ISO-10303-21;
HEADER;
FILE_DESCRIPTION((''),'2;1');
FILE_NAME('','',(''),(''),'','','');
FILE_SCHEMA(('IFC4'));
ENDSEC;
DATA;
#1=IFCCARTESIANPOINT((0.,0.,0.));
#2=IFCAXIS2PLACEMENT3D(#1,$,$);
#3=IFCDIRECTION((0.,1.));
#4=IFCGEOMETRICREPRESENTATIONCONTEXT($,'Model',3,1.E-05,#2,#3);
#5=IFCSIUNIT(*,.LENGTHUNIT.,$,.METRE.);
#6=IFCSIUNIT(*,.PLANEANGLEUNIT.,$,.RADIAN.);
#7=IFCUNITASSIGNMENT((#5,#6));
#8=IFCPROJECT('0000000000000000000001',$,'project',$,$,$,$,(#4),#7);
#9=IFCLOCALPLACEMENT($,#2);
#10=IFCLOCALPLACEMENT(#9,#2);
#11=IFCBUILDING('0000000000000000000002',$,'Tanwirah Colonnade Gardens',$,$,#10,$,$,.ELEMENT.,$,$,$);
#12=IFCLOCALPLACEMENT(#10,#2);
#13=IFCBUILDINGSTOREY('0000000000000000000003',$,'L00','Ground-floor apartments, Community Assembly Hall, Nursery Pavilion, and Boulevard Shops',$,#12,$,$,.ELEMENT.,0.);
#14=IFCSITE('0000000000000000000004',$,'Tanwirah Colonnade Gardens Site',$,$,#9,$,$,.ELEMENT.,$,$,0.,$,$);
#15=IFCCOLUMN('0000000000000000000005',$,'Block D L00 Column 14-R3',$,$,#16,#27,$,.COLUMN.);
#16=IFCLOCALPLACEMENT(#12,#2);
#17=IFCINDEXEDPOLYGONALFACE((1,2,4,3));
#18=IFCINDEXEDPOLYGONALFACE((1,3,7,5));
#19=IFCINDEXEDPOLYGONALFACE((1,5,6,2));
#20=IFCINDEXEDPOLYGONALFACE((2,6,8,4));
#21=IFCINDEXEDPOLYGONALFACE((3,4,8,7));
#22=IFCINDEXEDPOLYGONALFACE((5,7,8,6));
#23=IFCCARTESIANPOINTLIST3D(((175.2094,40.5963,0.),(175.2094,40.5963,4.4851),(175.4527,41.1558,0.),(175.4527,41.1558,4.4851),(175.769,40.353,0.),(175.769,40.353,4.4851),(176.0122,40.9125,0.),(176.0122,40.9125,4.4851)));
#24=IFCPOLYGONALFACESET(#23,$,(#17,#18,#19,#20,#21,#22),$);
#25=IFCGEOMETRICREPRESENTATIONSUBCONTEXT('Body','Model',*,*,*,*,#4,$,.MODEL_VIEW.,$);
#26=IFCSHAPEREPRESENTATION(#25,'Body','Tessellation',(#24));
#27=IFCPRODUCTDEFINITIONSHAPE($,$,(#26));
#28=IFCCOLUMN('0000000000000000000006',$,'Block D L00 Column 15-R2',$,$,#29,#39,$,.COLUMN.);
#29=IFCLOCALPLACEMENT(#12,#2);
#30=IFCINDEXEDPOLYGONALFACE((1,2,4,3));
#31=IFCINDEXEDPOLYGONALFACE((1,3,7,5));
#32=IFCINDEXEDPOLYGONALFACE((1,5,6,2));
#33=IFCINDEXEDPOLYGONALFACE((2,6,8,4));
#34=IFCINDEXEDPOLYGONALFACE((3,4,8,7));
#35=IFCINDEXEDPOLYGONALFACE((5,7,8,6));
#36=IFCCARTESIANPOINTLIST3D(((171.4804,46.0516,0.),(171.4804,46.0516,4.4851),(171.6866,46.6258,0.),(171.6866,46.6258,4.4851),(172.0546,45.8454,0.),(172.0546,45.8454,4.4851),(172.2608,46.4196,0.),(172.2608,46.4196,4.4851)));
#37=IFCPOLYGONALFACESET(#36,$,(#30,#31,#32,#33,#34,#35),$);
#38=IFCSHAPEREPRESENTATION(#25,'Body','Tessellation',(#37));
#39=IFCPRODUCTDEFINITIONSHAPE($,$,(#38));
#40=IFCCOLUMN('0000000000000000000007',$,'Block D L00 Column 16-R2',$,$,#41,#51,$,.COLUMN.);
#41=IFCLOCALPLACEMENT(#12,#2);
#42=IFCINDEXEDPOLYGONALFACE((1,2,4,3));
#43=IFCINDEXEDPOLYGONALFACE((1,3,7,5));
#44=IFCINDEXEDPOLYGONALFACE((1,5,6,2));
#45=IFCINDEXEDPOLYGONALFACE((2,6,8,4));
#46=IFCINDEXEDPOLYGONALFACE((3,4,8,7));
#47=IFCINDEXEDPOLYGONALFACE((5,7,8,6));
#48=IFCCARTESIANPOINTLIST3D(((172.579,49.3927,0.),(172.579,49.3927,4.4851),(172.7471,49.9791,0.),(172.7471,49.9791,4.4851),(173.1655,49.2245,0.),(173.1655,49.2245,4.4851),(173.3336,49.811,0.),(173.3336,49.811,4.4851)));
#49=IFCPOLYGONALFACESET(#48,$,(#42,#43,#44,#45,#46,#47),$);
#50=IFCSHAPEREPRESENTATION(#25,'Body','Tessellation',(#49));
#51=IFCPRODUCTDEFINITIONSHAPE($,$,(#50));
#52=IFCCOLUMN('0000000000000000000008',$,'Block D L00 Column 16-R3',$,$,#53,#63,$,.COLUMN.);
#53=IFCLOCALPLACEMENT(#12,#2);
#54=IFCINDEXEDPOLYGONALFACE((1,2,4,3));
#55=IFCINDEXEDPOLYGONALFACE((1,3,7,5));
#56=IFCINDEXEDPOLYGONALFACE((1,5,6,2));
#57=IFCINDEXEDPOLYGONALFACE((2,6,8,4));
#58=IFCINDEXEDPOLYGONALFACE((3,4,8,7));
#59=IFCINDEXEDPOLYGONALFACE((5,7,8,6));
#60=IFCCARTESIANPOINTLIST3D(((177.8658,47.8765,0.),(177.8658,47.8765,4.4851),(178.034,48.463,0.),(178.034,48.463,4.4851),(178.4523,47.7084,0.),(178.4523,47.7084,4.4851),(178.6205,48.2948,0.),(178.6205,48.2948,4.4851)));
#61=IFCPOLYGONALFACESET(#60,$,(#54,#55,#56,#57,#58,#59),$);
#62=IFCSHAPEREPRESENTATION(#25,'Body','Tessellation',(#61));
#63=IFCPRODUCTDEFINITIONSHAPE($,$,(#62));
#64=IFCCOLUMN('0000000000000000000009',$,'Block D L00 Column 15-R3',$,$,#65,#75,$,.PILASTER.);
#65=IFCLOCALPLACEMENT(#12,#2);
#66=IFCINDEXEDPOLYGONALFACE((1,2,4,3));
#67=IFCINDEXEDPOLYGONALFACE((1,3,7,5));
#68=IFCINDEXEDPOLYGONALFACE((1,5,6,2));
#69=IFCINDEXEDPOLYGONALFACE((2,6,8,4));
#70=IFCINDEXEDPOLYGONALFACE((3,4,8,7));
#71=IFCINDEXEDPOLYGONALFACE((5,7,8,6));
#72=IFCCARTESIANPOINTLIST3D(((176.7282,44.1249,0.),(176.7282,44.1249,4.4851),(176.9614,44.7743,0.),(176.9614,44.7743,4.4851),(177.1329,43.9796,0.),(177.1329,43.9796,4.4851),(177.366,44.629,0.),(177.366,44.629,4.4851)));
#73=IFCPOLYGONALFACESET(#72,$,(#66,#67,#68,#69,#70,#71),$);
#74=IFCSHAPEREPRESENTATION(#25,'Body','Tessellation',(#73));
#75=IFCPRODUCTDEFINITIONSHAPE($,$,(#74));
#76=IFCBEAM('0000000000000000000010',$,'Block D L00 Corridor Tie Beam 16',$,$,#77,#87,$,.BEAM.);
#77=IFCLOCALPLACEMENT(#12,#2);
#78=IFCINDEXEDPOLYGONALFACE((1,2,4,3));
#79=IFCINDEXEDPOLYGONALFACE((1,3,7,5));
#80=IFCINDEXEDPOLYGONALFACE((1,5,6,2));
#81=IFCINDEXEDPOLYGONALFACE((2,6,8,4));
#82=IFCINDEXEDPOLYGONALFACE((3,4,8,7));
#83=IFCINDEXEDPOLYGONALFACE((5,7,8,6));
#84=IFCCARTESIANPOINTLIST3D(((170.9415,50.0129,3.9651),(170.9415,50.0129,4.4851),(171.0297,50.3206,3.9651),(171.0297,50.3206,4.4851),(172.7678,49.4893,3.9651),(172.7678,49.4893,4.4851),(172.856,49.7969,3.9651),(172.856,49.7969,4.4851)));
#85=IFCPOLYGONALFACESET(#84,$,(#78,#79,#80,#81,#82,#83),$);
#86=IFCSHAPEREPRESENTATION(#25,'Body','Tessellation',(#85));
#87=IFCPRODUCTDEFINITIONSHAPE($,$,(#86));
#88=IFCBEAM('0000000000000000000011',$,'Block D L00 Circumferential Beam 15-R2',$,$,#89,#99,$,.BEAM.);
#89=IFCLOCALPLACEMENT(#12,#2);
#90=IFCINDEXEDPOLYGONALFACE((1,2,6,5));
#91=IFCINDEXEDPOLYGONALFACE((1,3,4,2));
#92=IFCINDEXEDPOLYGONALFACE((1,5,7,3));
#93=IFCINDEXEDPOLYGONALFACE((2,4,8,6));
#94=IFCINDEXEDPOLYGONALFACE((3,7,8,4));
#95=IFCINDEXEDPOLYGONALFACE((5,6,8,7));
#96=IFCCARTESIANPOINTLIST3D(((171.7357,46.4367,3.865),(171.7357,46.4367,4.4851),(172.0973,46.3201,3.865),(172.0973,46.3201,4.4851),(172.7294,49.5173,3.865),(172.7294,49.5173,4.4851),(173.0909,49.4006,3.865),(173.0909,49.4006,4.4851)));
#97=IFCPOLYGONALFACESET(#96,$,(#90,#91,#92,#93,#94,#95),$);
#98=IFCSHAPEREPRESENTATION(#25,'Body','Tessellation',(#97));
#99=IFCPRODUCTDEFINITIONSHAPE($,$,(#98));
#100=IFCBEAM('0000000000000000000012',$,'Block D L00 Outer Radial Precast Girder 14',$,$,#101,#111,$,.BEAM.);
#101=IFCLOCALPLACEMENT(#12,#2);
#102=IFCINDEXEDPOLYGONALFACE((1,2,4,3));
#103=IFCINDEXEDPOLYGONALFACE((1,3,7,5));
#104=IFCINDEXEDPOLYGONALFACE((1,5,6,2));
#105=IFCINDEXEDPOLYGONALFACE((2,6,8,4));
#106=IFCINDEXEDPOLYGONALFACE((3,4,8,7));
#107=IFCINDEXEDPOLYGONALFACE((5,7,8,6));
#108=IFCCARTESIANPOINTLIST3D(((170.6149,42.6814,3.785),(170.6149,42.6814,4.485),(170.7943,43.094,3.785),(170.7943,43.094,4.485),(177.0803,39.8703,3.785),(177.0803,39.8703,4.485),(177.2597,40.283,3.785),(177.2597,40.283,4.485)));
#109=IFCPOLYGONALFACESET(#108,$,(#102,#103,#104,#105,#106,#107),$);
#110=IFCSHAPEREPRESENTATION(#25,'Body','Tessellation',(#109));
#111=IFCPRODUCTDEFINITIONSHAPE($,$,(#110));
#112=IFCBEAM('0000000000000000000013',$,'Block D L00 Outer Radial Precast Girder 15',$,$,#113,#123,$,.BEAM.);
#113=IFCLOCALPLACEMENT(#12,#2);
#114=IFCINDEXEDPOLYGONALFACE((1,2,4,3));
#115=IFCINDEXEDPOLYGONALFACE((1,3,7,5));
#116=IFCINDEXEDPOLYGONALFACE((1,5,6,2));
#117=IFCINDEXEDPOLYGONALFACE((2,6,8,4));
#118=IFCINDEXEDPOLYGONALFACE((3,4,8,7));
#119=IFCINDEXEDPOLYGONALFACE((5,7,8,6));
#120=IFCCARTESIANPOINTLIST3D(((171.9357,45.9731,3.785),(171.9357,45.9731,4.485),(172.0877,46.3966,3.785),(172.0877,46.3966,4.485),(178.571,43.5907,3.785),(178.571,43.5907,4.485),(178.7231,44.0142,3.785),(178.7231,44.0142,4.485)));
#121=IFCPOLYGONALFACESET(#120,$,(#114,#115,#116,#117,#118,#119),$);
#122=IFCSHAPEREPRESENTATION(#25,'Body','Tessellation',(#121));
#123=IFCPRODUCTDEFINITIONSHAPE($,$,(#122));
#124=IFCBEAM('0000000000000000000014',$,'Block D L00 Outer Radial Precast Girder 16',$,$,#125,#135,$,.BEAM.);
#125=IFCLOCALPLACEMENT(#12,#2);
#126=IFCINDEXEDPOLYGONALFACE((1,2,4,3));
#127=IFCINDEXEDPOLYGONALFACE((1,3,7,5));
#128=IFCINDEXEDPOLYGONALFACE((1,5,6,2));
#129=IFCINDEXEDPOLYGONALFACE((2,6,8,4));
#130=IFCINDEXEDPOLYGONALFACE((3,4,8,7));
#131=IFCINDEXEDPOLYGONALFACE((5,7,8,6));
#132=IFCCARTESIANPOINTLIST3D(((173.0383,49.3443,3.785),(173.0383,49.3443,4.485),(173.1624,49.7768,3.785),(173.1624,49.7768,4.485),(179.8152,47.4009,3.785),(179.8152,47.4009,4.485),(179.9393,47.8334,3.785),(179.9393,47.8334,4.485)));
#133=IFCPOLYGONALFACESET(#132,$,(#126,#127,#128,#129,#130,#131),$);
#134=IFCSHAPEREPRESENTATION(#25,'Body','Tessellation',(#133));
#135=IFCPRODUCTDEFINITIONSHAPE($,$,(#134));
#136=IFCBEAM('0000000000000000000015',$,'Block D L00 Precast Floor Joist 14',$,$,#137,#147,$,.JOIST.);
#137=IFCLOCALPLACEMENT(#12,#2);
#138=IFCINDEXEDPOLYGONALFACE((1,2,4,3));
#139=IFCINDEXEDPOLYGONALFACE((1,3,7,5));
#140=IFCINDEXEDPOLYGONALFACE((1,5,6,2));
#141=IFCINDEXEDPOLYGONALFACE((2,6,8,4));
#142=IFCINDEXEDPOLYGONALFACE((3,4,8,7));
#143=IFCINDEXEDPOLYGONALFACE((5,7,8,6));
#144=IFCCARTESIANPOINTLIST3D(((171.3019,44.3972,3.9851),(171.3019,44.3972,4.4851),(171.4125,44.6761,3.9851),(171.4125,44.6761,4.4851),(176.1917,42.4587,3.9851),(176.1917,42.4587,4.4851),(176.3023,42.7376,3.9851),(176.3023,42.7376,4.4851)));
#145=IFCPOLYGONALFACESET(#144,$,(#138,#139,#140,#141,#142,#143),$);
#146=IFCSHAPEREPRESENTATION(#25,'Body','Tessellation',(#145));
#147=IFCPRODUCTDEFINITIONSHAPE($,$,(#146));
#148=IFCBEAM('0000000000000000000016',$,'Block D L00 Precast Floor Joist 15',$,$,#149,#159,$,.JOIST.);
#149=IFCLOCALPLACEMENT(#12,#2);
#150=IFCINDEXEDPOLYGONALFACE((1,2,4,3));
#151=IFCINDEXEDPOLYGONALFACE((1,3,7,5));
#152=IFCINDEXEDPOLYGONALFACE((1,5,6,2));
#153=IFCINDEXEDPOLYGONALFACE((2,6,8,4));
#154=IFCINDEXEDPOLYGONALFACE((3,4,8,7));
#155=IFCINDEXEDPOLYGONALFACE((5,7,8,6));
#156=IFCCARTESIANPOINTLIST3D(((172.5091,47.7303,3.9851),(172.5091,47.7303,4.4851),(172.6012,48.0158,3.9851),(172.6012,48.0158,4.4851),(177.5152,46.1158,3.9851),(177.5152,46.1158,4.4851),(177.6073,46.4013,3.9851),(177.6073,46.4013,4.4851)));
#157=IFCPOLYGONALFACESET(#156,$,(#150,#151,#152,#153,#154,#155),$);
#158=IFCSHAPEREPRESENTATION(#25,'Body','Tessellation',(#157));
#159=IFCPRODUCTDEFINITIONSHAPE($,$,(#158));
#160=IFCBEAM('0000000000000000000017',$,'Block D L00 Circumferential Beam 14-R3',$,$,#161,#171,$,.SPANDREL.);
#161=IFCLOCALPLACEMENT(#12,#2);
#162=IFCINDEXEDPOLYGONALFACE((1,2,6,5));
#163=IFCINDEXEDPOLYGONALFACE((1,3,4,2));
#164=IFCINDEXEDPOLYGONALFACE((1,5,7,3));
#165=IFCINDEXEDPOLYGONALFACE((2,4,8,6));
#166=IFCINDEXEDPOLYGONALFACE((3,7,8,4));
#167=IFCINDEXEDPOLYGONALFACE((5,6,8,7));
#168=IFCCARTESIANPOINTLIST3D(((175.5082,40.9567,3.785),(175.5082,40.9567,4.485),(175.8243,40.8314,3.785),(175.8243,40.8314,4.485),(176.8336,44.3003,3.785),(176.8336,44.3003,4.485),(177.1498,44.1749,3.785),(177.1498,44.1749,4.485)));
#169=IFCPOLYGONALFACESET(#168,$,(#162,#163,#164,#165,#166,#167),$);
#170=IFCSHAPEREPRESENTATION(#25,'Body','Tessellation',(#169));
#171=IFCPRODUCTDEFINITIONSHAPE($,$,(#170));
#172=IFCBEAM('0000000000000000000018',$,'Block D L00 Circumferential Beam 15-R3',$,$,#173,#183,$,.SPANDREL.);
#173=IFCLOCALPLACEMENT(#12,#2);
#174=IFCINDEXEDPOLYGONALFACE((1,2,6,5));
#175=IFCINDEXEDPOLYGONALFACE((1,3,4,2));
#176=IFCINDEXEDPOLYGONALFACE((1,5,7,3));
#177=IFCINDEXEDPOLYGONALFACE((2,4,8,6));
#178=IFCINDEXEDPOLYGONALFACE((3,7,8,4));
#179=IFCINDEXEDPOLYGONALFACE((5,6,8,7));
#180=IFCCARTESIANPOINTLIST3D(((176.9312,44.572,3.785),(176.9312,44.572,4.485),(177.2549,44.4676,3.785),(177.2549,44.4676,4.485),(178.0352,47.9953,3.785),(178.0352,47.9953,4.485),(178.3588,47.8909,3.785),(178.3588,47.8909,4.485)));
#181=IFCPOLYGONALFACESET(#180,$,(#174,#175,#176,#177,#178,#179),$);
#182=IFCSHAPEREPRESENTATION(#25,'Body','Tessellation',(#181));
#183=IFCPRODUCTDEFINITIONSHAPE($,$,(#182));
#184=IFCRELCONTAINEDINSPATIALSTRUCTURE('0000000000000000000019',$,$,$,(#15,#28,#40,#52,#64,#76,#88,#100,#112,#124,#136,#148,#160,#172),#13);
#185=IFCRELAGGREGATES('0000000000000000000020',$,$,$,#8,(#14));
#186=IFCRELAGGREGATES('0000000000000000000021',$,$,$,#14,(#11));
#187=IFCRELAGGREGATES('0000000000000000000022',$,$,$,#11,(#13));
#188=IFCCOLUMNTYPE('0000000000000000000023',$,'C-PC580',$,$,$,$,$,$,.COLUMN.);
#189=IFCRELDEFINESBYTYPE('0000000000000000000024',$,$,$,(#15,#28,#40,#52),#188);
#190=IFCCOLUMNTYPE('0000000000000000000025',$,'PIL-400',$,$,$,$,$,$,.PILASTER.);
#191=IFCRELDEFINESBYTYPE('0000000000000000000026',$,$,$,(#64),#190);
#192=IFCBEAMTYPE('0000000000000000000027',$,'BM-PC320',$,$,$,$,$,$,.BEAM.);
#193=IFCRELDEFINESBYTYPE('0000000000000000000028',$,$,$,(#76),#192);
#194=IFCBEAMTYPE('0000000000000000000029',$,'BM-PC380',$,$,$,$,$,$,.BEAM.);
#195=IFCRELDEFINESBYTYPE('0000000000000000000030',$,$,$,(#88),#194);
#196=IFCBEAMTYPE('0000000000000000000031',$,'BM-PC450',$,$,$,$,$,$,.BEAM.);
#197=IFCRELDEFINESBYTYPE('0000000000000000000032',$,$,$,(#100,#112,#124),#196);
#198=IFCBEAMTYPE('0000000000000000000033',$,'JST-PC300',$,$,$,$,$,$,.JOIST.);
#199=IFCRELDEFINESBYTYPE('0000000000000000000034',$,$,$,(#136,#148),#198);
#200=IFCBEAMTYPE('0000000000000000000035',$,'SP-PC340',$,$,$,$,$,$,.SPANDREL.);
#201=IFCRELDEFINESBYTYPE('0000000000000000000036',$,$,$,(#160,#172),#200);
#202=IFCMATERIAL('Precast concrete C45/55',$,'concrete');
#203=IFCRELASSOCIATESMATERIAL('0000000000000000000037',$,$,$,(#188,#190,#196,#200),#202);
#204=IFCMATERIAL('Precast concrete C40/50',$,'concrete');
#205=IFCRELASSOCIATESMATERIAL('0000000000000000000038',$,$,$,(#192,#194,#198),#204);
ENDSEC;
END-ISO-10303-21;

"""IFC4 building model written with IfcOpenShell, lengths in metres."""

from ifc_helpers import new_model, si_unit, direction, frame, origin, origin_2d, place, context, subcontext, project, spatial, rectangle, extrude, material, material_profile, profile_set, type_object, element, save


model = new_model("IFC4")

# Units and contexts
model_context = context("Model", 3, precision=1e-05, world=origin(), true_north=direction((0.0, 1.0)))
body_context = subcontext(model_context, "Body", "Model", "MODEL_VIEW")
ifc_project = project(units=[si_unit("LENGTHUNIT", "METRE"), si_unit("PLANEANGLEUNIT", "RADIAN")], contexts=[model_context])

# Site, building, storey
site_placement = place(None, origin())
site = spatial("IfcSite", under=ifc_project, at=site_placement, Name="Tanwirah Colonnade Gardens Site", CompositionType="ELEMENT", RefElevation=0.0)
building_placement = place(site_placement, origin())
building = spatial("IfcBuilding", under=site, at=building_placement, Name="Tanwirah Colonnade Gardens", CompositionType="ELEMENT")
storey_placement = place(building_placement, origin())
storey = spatial("IfcBuildingStorey", under=building, at=storey_placement, Name="L00", Description="Ground-floor apartments, Community Assembly Hall, Nursery Pavilion, and Boulevard Shops", CompositionType="ELEMENT", Elevation=0.0)

# Columns
ifc_material_1 = material(Name="Precast concrete C45/55", Category="concrete")
ifc_material_profile_1 = material_profile(ifc_material_1, rectangle(XDim=0.6101, YDim=0.6101, at=origin_2d()), Name="PC-COL 610x610")
ifc_profile_set_1 = profile_set([ifc_material_profile_1], Name="Precast concrete C45/55")
column_type_1 = type_object("IfcColumnType", Name="C-PC580", PredefinedType="COLUMN", material=ifc_profile_set_1)
for number, where, z_axis, x_axis, name in (
    (1, (175.6108, 40.7544, 0.0), (0.0, 0.0, 1.0), (0.91706, -0.398749, 0.0), "Block D L00 Column 14-R3"),
    (2, (171.8706, 46.2356, 0.0), (0.0, 0.0, 1.0), (0.941176, -0.337917, 0.0), "Block D L00 Column 15-R2"),
    (3, (172.9563, 49.6018, 0.0), (0.0, 0.0, 1.0), (0.961262, -0.275637, 0.0), "Block D L00 Column 16-R2"),
    (4, (178.2432, 48.0857, 0.0), (0.0, 0.0, 1.0), (0.961262, -0.275637, 0.0), "Block D L00 Column 16-R3"),
):
    element("IfcColumn", number, at=place(storey_placement, frame(where, z_axis=z_axis, x_axis=x_axis)), inside=storey, type_object=column_type_1, Name=name, PredefinedType="COLUMN", context=body_context, shape_type="SweptSolid", body=[
        extrude(rectangle(XDim=0.6101, YDim=0.6101, at=origin_2d()), origin(), (0.0, 0.0, 1.0), 4.4851),
    ])
ifc_material_profile_2 = material_profile(ifc_material_1, rectangle(XDim=0.4299, YDim=0.6899, at=origin_2d()), Name="PC-PIL 430x690")
ifc_profile_set_2 = profile_set([ifc_material_profile_2], Name="Precast concrete C45/55")
column_type_2 = type_object("IfcColumnType", Name="PIL-400", PredefinedType="PILASTER", material=ifc_profile_set_2)
column_placement = place(storey_placement, frame((177.0471, 44.377, 0.0), z_axis=(0.0, 0.0, 1.0), x_axis=(0.941176, -0.337917, 0.0)))
element("IfcColumn", 5, at=column_placement, inside=storey, type_object=column_type_2, Name="Block D L00 Column 15-R3", PredefinedType="PILASTER", context=body_context, shape_type="SweptSolid", body=[
    extrude(rectangle(XDim=0.4299, YDim=0.6899, at=origin_2d()), origin(), (0.0, 0.0, 1.0), 4.4851),
])

# Beams
ifc_material_2 = material(Name="Precast concrete C40/50", Category="concrete")
ifc_material_profile_3 = material_profile(ifc_material_2, rectangle(XDim=0.3201, YDim=0.52, at=origin_2d()), Name="PC-BM 320x520")
ifc_profile_set_3 = profile_set([ifc_material_profile_3], Name="Precast concrete C40/50")
beam_type_1 = type_object("IfcBeamType", Name="BM-PC320", PredefinedType="BEAM", material=ifc_profile_set_3)
beam_1_placement = place(storey_placement, frame((170.9856, 50.1667, 4.2251), z_axis=(0.961267, -0.27562, 0.0), x_axis=(0.27562, 0.961267, 0.0)))
element("IfcBeam", 6, at=beam_1_placement, inside=storey, type_object=beam_type_1, Name="Block D L00 Corridor Tie Beam 16", PredefinedType="BEAM", context=body_context, shape_type="SweptSolid", body=[
    extrude(rectangle(XDim=0.3201, YDim=0.52, at=origin_2d()), origin(), (0.0, 0.0, 1.0), 1.8999),
])
ifc_material_profile_4 = material_profile(ifc_material_2, rectangle(XDim=0.3799, YDim=0.6201, at=origin_2d()), Name="PC-BM 380x620")
ifc_profile_set_4 = profile_set([ifc_material_profile_4], Name="Precast concrete C40/50")
beam_type_2 = type_object("IfcBeamType", Name="BM-PC380", PredefinedType="BEAM", material=ifc_profile_set_4)
beam_2_placement = place(storey_placement, frame((171.9165, 46.3784, 4.175), z_axis=(0.306981, 0.951716, 0.0), x_axis=(-0.951716, 0.306981, 0.0)))
element("IfcBeam", 7, at=beam_2_placement, inside=storey, type_object=beam_type_2, Name="Block D L00 Circumferential Beam 15-R2", PredefinedType="BEAM", context=body_context, shape_type="SweptSolid", body=[
    extrude(rectangle(XDim=0.3799, YDim=0.6201, at=origin_2d()), origin(), (0.0, 0.0, 1.0), 3.2368),
])
ifc_material_profile_5 = material_profile(ifc_material_1, rectangle(XDim=0.45, YDim=0.7, at=origin_2d()), Name="PC-BM 450x700")
ifc_profile_set_5 = profile_set([ifc_material_profile_5], Name="Precast concrete C45/55")
beam_type_3 = type_object("IfcBeamType", Name="BM-PC450", PredefinedType="BEAM", material=ifc_profile_set_5)
for number, where, z_axis, x_axis, name in (
    (8, (170.7046, 42.8877, 4.135), (0.917069, -0.398729, 0.0), (0.398729, 0.917069, 0.0), "Block D L00 Outer Radial Precast Girder 14"),
    (9, (172.0117, 46.1848, 4.135), (0.941175, -0.33792, 0.0), (0.33792, 0.941175, 0.0), "Block D L00 Outer Radial Precast Girder 15"),
    (10, (173.1003, 49.5605, 4.135), (0.961257, -0.275654, 0.0), (0.275654, 0.961257, 0.0), "Block D L00 Outer Radial Precast Girder 16"),
):
    element("IfcBeam", number, at=place(storey_placement, frame(where, z_axis=z_axis, x_axis=x_axis)), inside=storey, type_object=beam_type_3, Name=name, PredefinedType="BEAM", context=body_context, shape_type="SweptSolid", body=[
        extrude(rectangle(XDim=0.45, YDim=0.7, at=origin_2d()), origin(), (0.0, 0.0, 1.0), 7.05),
    ])
ifc_material_profile_6 = material_profile(ifc_material_2, rectangle(XDim=0.3, YDim=0.5, at=origin_2d()), Name="PC-JST 300x500")
ifc_profile_set_6 = profile_set([ifc_material_profile_6], Name="Precast concrete C40/50")
beam_type_4 = type_object("IfcBeamType", Name="JST-PC300", PredefinedType="JOIST", material=ifc_profile_set_6)
for number, where, z_axis, x_axis, name in (
    (11, (171.3572, 44.5366, 4.2351), (0.929618, -0.368524, 0.0), (0.368524, 0.929618, 0.0), "Block D L00 Precast Floor Joist 14"),
    (12, (172.5552, 47.873, 4.2351), (0.951729, -0.306939, 0.0), (0.306939, 0.951729, 0.0), "Block D L00 Precast Floor Joist 15"),
):
    element("IfcBeam", number, at=place(storey_placement, frame(where, z_axis=z_axis, x_axis=x_axis)), inside=storey, type_object=beam_type_4, Name=name, PredefinedType="JOIST", context=body_context, shape_type="SweptSolid", body=[
        extrude(rectangle(XDim=0.3, YDim=0.5, at=origin_2d()), origin(), (0.0, 0.0, 1.0), 5.26),
    ])
ifc_material_profile_7 = material_profile(ifc_material_1, rectangle(XDim=0.3401, YDim=0.7, at=origin_2d()), Name="PC-SP 340x700")
ifc_profile_set_7 = profile_set([ifc_material_profile_7], Name="Precast concrete C45/55")
beam_type_5 = type_object("IfcBeamType", Name="SP-PC340", PredefinedType="SPANDREL", material=ifc_profile_set_7)
beam_3_placement = place(storey_placement, frame((175.6663, 40.894, 4.135), z_axis=(0.368522, 0.929619, 0.0), x_axis=(-0.929619, 0.368522, 0.0)))
element("IfcBeam", 13, at=beam_3_placement, inside=storey, type_object=beam_type_5, Name="Block D L00 Circumferential Beam 14-R3", PredefinedType="SPANDREL", context=body_context, shape_type="SweptSolid", body=[
    extrude(rectangle(XDim=0.3401, YDim=0.7, at=origin_2d()), origin(), (0.0, 0.0, 1.0), 3.5967),
])
beam_4_placement = place(storey_placement, frame((177.093, 44.5198, 4.135), z_axis=(0.306927, 0.951733, 0.0), x_axis=(-0.951733, 0.306927, 0.0)))
element("IfcBeam", 14, at=beam_4_placement, inside=storey, type_object=beam_type_5, Name="Block D L00 Circumferential Beam 15-R3", PredefinedType="SPANDREL", context=body_context, shape_type="SweptSolid", body=[
    extrude(rectangle(XDim=0.3401, YDim=0.7, at=origin_2d()), origin(), (0.0, 0.0, 1.0), 3.5969),
])

save(model, "model.ifc")
